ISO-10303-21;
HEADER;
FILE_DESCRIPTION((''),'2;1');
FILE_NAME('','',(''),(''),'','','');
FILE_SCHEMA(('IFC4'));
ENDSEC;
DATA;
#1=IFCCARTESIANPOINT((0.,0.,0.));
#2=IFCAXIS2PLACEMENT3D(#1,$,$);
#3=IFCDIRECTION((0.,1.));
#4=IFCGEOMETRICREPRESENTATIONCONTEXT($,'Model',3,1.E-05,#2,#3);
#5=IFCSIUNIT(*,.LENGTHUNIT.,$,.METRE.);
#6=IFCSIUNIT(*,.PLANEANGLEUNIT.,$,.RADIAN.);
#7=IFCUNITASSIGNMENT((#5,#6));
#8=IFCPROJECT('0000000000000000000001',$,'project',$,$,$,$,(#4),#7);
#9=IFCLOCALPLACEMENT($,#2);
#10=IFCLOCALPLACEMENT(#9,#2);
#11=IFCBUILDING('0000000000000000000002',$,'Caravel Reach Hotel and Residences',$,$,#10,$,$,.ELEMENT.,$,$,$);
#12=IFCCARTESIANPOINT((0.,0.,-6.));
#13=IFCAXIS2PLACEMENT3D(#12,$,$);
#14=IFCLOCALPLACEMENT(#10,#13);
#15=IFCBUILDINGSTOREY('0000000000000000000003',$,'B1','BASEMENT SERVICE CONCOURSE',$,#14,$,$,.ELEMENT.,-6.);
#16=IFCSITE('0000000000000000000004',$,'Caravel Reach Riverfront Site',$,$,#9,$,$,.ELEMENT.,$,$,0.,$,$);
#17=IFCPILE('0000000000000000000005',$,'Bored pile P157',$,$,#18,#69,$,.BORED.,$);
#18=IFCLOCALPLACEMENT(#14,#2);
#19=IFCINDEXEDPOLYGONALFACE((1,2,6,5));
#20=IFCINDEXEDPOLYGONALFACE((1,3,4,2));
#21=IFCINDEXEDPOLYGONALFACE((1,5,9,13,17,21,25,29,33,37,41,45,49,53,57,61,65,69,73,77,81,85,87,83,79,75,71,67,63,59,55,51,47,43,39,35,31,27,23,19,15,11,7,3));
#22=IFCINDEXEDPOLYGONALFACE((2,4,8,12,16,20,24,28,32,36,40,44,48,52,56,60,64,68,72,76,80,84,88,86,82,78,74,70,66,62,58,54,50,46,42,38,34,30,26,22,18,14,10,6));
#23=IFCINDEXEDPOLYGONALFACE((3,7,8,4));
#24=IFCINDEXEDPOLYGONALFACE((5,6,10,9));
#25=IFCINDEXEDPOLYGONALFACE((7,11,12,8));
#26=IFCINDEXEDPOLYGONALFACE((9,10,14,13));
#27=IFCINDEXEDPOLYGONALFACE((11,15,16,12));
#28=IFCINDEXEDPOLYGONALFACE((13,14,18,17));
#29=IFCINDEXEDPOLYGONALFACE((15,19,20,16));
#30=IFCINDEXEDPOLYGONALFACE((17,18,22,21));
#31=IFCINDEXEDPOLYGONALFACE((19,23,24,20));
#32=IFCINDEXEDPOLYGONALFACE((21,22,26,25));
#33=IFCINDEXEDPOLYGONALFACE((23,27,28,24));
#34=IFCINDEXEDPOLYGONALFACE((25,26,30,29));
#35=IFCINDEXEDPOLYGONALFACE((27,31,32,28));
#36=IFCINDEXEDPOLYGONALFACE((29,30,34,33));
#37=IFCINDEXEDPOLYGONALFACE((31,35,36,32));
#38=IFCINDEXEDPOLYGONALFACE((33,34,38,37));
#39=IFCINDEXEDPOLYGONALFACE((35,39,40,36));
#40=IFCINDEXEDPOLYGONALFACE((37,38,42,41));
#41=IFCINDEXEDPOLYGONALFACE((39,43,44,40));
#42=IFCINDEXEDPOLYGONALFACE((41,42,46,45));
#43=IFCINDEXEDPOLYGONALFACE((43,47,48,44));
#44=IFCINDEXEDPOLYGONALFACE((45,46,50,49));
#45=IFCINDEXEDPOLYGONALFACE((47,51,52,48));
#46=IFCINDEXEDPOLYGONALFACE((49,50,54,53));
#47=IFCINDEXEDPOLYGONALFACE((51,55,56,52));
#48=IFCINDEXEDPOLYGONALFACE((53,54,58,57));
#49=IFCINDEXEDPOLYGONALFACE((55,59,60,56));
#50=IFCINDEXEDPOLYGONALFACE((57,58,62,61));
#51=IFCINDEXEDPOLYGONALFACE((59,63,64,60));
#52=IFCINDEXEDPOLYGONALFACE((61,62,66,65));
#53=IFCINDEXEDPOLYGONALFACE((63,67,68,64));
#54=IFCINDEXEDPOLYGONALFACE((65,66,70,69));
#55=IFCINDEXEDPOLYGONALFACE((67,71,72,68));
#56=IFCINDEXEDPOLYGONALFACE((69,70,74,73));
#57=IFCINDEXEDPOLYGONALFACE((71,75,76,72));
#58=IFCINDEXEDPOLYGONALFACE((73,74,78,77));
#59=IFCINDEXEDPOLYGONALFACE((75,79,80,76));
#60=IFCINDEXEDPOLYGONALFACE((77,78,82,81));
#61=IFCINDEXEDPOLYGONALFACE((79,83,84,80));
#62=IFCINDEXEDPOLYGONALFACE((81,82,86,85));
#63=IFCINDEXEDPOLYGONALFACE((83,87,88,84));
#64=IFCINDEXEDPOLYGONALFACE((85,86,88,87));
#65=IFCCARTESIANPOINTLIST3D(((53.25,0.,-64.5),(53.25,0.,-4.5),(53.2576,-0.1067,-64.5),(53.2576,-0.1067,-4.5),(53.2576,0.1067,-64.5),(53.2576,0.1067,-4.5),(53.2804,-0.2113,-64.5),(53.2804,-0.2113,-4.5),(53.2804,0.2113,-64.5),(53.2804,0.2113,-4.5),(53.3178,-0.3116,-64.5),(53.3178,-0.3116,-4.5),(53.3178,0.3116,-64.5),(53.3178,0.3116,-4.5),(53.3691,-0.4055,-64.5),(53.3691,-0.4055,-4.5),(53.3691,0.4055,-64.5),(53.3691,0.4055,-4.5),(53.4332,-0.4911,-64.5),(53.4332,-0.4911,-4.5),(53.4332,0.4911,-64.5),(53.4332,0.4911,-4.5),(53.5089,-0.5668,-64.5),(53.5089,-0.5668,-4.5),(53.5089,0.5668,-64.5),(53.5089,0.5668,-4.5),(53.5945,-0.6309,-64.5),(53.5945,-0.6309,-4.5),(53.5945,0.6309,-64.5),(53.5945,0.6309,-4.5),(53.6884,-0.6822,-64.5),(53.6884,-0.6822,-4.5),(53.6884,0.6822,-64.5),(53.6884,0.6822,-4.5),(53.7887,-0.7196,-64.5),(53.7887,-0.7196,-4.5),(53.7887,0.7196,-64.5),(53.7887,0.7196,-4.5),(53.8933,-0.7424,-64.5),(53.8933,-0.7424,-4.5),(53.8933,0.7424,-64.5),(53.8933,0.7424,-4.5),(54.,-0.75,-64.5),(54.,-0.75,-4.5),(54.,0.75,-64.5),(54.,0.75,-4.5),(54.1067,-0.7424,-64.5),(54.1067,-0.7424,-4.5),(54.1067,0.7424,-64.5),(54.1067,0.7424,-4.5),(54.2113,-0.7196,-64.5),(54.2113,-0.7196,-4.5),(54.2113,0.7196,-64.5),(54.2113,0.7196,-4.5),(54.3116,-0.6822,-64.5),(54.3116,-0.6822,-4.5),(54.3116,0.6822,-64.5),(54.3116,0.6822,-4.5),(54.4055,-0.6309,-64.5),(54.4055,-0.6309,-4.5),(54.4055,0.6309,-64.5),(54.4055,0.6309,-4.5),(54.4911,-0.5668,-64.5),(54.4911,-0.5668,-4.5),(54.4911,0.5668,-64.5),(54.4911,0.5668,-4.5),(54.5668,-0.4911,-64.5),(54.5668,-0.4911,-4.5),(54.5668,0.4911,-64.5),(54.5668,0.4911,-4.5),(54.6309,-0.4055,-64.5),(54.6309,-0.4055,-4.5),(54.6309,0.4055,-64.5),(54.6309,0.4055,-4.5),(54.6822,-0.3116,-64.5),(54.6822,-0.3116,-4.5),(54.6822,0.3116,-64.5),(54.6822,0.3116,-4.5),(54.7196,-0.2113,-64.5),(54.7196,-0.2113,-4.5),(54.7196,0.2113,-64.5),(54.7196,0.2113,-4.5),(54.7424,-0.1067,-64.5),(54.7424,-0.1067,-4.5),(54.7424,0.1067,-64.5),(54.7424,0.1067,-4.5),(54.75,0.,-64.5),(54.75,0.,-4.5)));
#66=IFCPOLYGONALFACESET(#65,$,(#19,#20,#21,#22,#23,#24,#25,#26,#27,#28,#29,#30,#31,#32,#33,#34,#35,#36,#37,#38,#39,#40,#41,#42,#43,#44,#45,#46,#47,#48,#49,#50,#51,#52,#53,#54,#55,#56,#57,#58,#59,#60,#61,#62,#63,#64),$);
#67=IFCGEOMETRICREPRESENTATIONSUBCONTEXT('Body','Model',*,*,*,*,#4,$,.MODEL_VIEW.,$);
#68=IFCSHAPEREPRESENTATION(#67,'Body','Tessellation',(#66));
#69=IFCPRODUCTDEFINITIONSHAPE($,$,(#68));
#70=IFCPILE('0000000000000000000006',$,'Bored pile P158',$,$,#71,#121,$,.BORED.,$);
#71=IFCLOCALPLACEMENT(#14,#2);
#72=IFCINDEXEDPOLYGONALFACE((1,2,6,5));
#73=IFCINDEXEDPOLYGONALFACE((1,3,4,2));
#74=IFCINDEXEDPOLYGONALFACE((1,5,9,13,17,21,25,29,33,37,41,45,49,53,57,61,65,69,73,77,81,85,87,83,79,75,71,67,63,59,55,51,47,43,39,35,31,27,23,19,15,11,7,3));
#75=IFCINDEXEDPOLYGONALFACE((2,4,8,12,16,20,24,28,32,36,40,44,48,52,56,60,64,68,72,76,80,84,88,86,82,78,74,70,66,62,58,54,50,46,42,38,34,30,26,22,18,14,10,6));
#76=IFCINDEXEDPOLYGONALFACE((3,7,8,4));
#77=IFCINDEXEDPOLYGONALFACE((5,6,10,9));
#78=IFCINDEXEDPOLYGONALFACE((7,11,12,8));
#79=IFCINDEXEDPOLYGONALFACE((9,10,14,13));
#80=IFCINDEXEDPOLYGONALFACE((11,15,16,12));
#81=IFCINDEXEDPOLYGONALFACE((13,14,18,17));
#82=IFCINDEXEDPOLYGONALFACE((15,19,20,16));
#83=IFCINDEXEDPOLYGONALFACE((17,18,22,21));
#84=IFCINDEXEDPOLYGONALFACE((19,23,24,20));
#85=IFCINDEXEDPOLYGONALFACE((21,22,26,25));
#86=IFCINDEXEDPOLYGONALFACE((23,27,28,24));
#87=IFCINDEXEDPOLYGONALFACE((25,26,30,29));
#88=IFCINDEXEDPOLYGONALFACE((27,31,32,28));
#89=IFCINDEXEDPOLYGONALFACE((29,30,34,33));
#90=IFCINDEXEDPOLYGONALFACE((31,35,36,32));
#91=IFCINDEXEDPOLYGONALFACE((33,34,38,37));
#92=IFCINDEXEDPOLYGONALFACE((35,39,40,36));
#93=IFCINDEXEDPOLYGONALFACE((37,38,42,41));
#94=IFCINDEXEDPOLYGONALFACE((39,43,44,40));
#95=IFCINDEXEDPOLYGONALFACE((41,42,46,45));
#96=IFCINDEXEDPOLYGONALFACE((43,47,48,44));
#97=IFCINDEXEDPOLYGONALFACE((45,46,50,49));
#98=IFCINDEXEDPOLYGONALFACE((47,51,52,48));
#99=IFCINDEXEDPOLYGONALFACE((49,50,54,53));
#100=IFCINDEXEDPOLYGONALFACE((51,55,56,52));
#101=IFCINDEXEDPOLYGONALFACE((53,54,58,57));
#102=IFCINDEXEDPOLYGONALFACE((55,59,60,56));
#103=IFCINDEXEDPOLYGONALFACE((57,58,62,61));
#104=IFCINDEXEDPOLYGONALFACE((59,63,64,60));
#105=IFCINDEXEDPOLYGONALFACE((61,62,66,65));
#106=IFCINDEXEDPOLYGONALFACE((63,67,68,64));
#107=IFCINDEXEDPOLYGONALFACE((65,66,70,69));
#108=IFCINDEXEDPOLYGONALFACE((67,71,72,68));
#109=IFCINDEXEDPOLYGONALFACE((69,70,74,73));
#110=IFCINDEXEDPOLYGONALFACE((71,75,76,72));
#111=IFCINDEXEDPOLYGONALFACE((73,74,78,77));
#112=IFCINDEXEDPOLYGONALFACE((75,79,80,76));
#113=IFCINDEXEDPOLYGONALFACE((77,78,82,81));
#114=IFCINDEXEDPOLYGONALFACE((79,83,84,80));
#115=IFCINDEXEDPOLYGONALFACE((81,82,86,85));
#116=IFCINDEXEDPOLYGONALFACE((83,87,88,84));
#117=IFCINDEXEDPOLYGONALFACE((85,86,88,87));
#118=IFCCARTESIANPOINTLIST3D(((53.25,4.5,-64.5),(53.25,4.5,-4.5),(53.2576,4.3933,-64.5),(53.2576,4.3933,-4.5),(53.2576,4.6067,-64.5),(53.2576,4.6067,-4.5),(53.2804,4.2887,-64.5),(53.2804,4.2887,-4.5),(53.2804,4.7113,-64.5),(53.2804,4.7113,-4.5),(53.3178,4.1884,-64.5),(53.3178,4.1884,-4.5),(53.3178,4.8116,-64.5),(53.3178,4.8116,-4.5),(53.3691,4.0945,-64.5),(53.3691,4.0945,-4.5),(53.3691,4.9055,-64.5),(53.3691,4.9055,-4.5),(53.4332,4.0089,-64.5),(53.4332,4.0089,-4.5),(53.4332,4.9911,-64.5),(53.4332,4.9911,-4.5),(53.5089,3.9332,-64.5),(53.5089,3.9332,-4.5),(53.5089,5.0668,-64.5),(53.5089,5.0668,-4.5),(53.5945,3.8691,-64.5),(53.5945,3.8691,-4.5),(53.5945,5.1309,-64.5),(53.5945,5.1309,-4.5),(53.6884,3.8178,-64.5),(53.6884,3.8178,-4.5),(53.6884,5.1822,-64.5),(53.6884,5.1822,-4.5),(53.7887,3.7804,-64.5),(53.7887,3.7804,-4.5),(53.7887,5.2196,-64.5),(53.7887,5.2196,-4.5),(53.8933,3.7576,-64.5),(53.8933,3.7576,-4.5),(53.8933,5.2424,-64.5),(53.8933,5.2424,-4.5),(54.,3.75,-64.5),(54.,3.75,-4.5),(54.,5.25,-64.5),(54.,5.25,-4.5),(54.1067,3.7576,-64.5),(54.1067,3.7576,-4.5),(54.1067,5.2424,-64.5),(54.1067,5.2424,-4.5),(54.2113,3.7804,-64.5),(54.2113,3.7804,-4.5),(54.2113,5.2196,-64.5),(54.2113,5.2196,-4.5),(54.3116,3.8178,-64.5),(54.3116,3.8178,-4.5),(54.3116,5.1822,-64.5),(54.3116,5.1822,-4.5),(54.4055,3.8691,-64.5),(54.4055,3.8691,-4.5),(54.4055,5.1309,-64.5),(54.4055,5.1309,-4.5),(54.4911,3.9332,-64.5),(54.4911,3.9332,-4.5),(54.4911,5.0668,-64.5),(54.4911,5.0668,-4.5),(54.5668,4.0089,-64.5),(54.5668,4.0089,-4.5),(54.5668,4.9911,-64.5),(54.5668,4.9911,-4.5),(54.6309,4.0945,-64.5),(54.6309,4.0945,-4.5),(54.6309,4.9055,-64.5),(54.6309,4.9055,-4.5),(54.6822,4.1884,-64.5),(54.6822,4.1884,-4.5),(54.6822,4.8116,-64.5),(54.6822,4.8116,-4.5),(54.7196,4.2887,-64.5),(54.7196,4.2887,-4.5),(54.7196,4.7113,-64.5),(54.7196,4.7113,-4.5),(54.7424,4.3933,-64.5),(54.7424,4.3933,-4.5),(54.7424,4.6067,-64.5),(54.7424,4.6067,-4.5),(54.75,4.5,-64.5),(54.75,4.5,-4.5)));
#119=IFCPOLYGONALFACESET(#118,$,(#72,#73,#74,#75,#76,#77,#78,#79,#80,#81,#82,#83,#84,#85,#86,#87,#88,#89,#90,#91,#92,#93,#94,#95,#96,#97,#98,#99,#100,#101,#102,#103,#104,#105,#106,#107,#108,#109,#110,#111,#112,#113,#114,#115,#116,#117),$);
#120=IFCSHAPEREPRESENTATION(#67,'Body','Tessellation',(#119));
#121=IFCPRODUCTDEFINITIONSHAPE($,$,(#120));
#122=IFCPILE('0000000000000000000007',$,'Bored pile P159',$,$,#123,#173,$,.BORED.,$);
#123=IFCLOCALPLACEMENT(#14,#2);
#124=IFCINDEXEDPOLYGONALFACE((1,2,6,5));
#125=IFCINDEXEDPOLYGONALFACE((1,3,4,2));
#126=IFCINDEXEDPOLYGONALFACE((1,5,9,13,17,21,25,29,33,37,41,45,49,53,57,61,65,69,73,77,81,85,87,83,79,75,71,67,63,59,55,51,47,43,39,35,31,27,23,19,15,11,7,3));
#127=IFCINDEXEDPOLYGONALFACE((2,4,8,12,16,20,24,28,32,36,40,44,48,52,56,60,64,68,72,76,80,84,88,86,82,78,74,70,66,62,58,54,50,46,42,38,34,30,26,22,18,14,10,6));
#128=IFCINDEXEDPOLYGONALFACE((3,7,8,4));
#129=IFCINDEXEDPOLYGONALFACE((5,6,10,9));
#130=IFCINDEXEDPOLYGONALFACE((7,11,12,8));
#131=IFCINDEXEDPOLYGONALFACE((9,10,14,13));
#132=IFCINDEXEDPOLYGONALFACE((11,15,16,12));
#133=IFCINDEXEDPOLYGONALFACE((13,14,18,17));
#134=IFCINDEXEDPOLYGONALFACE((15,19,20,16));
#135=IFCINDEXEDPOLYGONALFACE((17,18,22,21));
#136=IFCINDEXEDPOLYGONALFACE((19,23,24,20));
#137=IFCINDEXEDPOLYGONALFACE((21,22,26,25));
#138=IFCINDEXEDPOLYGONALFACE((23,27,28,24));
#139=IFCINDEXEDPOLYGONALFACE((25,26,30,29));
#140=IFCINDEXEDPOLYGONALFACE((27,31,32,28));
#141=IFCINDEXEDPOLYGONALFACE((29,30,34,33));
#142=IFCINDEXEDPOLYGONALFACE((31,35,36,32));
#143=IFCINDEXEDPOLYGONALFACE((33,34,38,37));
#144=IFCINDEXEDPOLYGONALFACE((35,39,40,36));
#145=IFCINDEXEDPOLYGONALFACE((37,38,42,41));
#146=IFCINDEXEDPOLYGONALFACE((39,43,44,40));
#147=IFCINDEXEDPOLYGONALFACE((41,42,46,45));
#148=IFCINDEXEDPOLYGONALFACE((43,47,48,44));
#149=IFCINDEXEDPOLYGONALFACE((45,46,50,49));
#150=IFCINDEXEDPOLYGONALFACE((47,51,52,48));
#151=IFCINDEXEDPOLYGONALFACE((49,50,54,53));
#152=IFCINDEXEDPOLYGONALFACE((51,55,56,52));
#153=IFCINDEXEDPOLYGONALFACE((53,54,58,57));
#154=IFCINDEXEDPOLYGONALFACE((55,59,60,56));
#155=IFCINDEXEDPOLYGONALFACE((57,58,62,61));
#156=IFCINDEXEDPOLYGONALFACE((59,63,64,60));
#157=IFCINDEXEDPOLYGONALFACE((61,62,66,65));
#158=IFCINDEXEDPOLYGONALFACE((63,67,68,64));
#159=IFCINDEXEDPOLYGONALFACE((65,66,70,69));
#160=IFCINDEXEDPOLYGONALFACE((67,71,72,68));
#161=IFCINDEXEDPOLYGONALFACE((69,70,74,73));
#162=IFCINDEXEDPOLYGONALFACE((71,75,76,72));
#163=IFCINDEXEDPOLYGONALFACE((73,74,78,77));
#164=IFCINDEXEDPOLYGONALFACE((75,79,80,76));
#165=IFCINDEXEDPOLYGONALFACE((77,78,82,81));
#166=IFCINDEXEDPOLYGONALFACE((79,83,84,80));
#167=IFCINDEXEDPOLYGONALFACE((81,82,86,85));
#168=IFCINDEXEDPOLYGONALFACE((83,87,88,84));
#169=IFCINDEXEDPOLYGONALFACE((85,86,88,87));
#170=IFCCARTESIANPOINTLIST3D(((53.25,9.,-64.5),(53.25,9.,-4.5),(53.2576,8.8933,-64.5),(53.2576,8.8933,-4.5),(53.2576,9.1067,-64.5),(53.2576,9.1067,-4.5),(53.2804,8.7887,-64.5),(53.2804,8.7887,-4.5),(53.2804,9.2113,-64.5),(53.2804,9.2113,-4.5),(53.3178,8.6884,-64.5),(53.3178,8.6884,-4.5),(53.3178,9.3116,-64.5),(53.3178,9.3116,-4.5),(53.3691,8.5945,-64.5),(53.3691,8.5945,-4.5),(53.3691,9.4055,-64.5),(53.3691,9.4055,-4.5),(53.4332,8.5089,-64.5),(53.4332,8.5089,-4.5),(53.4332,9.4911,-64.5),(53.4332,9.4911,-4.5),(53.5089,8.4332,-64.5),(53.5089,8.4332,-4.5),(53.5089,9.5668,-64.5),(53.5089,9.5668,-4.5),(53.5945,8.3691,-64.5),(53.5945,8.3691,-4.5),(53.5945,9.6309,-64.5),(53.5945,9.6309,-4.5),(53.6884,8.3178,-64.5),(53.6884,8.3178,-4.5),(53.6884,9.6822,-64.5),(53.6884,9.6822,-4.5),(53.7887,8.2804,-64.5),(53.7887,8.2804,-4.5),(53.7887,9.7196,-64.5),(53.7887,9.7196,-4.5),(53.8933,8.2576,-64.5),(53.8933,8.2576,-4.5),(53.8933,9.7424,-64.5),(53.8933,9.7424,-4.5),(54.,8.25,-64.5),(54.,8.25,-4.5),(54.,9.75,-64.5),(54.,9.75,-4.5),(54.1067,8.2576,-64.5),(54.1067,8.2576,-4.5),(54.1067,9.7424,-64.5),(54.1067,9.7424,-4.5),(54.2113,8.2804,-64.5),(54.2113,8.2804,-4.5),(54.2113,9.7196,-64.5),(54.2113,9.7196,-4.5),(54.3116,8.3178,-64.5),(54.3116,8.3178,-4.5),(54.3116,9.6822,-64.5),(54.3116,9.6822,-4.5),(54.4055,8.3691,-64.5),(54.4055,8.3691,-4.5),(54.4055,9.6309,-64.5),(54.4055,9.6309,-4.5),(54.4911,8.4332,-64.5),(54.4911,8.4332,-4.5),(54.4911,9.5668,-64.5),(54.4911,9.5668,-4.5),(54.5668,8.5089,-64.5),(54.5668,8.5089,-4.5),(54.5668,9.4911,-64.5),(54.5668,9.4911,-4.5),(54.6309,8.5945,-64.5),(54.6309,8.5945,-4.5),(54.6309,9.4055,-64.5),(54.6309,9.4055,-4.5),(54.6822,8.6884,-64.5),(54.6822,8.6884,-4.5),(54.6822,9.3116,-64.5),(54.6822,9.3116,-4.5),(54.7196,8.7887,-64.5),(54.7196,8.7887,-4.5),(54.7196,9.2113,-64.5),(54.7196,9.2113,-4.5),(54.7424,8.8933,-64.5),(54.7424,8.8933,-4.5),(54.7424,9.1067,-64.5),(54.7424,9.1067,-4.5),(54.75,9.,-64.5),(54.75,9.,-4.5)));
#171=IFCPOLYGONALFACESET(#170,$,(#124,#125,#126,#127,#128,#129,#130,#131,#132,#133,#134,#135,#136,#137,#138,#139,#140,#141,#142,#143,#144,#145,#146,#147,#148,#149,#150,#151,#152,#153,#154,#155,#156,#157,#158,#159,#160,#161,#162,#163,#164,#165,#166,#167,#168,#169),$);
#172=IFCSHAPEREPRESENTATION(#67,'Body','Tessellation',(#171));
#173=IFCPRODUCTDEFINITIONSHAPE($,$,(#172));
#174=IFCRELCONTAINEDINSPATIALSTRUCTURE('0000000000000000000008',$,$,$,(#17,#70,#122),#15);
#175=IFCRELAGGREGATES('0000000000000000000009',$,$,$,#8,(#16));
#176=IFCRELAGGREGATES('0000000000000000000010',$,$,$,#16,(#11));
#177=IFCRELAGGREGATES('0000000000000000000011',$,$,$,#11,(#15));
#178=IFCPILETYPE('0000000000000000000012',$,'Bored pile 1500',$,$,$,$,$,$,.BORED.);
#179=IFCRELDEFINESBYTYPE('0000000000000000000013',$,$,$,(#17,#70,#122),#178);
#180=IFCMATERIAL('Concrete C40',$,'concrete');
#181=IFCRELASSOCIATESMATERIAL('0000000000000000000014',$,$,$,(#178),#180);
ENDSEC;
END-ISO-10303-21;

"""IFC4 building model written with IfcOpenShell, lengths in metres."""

from ifc_helpers import new_model, si_unit, direction, frame, origin, origin_2d, place, context, subcontext, project, spatial, circle, extrude, material, material_profile, profile_set, type_object, element, save


model = new_model("IFC4")

# Units and contexts
model_context = context("Model", 3, precision=1e-05, world=origin(), true_north=direction((0.0, 1.0)))
body_context = subcontext(model_context, "Body", "Model", "MODEL_VIEW")
ifc_project = project(units=[si_unit("LENGTHUNIT", "METRE"), si_unit("PLANEANGLEUNIT", "RADIAN")], contexts=[model_context])

# Site, building, storey
site_placement = place(None, origin())
site = spatial("IfcSite", under=ifc_project, at=site_placement, Name="Caravel Reach Riverfront Site", CompositionType="ELEMENT", RefElevation=0.0)
building_placement = place(site_placement, origin())
building = spatial("IfcBuilding", under=site, at=building_placement, Name="Caravel Reach Hotel and Residences", CompositionType="ELEMENT")
storey_placement = place(building_placement, frame((0.0, 0.0, -6.0)))
storey = spatial("IfcBuildingStorey", under=building, at=storey_placement, Name="B1", Description="BASEMENT SERVICE CONCOURSE", CompositionType="ELEMENT", Elevation=-6.0)

# Piles
ifc_material_1 = material(Name="Concrete C40", Category="concrete")
ifc_material_profile_1 = material_profile(ifc_material_1, circle(Radius=0.75, at=origin_2d()), Name="PILE 1500")
ifc_profile_set_1 = profile_set([ifc_material_profile_1], Name="Concrete C40")
pile_type = type_object("IfcPileType", Name="Bored pile 1500", PredefinedType="BORED", material=ifc_profile_set_1)
for number, where, z_axis, x_axis, name in (
    (1, (54.0, 0.0, -4.5), (0.0, 0.0, -1.0), (1.0, 0.0, 0.0), "Bored pile P157"),
    (2, (54.0, 4.5, -4.5), (0.0, 0.0, -1.0), (1.0, 0.0, 0.0), "Bored pile P158"),
    (3, (54.0, 9.0, -4.5), (0.0, 0.0, -1.0), (1.0, 0.0, 0.0), "Bored pile P159"),
):
    element("IfcPile", number, at=place(storey_placement, frame(where, z_axis=z_axis, x_axis=x_axis)), inside=storey, type_object=pile_type, Name=name, PredefinedType="BORED", context=body_context, shape_type="SweptSolid", body=[
        extrude(circle(Radius=0.75, at=origin_2d()), origin(), (0.0, 0.0, 1.0), 60.0),
    ])

save(model, "model.ifc")
